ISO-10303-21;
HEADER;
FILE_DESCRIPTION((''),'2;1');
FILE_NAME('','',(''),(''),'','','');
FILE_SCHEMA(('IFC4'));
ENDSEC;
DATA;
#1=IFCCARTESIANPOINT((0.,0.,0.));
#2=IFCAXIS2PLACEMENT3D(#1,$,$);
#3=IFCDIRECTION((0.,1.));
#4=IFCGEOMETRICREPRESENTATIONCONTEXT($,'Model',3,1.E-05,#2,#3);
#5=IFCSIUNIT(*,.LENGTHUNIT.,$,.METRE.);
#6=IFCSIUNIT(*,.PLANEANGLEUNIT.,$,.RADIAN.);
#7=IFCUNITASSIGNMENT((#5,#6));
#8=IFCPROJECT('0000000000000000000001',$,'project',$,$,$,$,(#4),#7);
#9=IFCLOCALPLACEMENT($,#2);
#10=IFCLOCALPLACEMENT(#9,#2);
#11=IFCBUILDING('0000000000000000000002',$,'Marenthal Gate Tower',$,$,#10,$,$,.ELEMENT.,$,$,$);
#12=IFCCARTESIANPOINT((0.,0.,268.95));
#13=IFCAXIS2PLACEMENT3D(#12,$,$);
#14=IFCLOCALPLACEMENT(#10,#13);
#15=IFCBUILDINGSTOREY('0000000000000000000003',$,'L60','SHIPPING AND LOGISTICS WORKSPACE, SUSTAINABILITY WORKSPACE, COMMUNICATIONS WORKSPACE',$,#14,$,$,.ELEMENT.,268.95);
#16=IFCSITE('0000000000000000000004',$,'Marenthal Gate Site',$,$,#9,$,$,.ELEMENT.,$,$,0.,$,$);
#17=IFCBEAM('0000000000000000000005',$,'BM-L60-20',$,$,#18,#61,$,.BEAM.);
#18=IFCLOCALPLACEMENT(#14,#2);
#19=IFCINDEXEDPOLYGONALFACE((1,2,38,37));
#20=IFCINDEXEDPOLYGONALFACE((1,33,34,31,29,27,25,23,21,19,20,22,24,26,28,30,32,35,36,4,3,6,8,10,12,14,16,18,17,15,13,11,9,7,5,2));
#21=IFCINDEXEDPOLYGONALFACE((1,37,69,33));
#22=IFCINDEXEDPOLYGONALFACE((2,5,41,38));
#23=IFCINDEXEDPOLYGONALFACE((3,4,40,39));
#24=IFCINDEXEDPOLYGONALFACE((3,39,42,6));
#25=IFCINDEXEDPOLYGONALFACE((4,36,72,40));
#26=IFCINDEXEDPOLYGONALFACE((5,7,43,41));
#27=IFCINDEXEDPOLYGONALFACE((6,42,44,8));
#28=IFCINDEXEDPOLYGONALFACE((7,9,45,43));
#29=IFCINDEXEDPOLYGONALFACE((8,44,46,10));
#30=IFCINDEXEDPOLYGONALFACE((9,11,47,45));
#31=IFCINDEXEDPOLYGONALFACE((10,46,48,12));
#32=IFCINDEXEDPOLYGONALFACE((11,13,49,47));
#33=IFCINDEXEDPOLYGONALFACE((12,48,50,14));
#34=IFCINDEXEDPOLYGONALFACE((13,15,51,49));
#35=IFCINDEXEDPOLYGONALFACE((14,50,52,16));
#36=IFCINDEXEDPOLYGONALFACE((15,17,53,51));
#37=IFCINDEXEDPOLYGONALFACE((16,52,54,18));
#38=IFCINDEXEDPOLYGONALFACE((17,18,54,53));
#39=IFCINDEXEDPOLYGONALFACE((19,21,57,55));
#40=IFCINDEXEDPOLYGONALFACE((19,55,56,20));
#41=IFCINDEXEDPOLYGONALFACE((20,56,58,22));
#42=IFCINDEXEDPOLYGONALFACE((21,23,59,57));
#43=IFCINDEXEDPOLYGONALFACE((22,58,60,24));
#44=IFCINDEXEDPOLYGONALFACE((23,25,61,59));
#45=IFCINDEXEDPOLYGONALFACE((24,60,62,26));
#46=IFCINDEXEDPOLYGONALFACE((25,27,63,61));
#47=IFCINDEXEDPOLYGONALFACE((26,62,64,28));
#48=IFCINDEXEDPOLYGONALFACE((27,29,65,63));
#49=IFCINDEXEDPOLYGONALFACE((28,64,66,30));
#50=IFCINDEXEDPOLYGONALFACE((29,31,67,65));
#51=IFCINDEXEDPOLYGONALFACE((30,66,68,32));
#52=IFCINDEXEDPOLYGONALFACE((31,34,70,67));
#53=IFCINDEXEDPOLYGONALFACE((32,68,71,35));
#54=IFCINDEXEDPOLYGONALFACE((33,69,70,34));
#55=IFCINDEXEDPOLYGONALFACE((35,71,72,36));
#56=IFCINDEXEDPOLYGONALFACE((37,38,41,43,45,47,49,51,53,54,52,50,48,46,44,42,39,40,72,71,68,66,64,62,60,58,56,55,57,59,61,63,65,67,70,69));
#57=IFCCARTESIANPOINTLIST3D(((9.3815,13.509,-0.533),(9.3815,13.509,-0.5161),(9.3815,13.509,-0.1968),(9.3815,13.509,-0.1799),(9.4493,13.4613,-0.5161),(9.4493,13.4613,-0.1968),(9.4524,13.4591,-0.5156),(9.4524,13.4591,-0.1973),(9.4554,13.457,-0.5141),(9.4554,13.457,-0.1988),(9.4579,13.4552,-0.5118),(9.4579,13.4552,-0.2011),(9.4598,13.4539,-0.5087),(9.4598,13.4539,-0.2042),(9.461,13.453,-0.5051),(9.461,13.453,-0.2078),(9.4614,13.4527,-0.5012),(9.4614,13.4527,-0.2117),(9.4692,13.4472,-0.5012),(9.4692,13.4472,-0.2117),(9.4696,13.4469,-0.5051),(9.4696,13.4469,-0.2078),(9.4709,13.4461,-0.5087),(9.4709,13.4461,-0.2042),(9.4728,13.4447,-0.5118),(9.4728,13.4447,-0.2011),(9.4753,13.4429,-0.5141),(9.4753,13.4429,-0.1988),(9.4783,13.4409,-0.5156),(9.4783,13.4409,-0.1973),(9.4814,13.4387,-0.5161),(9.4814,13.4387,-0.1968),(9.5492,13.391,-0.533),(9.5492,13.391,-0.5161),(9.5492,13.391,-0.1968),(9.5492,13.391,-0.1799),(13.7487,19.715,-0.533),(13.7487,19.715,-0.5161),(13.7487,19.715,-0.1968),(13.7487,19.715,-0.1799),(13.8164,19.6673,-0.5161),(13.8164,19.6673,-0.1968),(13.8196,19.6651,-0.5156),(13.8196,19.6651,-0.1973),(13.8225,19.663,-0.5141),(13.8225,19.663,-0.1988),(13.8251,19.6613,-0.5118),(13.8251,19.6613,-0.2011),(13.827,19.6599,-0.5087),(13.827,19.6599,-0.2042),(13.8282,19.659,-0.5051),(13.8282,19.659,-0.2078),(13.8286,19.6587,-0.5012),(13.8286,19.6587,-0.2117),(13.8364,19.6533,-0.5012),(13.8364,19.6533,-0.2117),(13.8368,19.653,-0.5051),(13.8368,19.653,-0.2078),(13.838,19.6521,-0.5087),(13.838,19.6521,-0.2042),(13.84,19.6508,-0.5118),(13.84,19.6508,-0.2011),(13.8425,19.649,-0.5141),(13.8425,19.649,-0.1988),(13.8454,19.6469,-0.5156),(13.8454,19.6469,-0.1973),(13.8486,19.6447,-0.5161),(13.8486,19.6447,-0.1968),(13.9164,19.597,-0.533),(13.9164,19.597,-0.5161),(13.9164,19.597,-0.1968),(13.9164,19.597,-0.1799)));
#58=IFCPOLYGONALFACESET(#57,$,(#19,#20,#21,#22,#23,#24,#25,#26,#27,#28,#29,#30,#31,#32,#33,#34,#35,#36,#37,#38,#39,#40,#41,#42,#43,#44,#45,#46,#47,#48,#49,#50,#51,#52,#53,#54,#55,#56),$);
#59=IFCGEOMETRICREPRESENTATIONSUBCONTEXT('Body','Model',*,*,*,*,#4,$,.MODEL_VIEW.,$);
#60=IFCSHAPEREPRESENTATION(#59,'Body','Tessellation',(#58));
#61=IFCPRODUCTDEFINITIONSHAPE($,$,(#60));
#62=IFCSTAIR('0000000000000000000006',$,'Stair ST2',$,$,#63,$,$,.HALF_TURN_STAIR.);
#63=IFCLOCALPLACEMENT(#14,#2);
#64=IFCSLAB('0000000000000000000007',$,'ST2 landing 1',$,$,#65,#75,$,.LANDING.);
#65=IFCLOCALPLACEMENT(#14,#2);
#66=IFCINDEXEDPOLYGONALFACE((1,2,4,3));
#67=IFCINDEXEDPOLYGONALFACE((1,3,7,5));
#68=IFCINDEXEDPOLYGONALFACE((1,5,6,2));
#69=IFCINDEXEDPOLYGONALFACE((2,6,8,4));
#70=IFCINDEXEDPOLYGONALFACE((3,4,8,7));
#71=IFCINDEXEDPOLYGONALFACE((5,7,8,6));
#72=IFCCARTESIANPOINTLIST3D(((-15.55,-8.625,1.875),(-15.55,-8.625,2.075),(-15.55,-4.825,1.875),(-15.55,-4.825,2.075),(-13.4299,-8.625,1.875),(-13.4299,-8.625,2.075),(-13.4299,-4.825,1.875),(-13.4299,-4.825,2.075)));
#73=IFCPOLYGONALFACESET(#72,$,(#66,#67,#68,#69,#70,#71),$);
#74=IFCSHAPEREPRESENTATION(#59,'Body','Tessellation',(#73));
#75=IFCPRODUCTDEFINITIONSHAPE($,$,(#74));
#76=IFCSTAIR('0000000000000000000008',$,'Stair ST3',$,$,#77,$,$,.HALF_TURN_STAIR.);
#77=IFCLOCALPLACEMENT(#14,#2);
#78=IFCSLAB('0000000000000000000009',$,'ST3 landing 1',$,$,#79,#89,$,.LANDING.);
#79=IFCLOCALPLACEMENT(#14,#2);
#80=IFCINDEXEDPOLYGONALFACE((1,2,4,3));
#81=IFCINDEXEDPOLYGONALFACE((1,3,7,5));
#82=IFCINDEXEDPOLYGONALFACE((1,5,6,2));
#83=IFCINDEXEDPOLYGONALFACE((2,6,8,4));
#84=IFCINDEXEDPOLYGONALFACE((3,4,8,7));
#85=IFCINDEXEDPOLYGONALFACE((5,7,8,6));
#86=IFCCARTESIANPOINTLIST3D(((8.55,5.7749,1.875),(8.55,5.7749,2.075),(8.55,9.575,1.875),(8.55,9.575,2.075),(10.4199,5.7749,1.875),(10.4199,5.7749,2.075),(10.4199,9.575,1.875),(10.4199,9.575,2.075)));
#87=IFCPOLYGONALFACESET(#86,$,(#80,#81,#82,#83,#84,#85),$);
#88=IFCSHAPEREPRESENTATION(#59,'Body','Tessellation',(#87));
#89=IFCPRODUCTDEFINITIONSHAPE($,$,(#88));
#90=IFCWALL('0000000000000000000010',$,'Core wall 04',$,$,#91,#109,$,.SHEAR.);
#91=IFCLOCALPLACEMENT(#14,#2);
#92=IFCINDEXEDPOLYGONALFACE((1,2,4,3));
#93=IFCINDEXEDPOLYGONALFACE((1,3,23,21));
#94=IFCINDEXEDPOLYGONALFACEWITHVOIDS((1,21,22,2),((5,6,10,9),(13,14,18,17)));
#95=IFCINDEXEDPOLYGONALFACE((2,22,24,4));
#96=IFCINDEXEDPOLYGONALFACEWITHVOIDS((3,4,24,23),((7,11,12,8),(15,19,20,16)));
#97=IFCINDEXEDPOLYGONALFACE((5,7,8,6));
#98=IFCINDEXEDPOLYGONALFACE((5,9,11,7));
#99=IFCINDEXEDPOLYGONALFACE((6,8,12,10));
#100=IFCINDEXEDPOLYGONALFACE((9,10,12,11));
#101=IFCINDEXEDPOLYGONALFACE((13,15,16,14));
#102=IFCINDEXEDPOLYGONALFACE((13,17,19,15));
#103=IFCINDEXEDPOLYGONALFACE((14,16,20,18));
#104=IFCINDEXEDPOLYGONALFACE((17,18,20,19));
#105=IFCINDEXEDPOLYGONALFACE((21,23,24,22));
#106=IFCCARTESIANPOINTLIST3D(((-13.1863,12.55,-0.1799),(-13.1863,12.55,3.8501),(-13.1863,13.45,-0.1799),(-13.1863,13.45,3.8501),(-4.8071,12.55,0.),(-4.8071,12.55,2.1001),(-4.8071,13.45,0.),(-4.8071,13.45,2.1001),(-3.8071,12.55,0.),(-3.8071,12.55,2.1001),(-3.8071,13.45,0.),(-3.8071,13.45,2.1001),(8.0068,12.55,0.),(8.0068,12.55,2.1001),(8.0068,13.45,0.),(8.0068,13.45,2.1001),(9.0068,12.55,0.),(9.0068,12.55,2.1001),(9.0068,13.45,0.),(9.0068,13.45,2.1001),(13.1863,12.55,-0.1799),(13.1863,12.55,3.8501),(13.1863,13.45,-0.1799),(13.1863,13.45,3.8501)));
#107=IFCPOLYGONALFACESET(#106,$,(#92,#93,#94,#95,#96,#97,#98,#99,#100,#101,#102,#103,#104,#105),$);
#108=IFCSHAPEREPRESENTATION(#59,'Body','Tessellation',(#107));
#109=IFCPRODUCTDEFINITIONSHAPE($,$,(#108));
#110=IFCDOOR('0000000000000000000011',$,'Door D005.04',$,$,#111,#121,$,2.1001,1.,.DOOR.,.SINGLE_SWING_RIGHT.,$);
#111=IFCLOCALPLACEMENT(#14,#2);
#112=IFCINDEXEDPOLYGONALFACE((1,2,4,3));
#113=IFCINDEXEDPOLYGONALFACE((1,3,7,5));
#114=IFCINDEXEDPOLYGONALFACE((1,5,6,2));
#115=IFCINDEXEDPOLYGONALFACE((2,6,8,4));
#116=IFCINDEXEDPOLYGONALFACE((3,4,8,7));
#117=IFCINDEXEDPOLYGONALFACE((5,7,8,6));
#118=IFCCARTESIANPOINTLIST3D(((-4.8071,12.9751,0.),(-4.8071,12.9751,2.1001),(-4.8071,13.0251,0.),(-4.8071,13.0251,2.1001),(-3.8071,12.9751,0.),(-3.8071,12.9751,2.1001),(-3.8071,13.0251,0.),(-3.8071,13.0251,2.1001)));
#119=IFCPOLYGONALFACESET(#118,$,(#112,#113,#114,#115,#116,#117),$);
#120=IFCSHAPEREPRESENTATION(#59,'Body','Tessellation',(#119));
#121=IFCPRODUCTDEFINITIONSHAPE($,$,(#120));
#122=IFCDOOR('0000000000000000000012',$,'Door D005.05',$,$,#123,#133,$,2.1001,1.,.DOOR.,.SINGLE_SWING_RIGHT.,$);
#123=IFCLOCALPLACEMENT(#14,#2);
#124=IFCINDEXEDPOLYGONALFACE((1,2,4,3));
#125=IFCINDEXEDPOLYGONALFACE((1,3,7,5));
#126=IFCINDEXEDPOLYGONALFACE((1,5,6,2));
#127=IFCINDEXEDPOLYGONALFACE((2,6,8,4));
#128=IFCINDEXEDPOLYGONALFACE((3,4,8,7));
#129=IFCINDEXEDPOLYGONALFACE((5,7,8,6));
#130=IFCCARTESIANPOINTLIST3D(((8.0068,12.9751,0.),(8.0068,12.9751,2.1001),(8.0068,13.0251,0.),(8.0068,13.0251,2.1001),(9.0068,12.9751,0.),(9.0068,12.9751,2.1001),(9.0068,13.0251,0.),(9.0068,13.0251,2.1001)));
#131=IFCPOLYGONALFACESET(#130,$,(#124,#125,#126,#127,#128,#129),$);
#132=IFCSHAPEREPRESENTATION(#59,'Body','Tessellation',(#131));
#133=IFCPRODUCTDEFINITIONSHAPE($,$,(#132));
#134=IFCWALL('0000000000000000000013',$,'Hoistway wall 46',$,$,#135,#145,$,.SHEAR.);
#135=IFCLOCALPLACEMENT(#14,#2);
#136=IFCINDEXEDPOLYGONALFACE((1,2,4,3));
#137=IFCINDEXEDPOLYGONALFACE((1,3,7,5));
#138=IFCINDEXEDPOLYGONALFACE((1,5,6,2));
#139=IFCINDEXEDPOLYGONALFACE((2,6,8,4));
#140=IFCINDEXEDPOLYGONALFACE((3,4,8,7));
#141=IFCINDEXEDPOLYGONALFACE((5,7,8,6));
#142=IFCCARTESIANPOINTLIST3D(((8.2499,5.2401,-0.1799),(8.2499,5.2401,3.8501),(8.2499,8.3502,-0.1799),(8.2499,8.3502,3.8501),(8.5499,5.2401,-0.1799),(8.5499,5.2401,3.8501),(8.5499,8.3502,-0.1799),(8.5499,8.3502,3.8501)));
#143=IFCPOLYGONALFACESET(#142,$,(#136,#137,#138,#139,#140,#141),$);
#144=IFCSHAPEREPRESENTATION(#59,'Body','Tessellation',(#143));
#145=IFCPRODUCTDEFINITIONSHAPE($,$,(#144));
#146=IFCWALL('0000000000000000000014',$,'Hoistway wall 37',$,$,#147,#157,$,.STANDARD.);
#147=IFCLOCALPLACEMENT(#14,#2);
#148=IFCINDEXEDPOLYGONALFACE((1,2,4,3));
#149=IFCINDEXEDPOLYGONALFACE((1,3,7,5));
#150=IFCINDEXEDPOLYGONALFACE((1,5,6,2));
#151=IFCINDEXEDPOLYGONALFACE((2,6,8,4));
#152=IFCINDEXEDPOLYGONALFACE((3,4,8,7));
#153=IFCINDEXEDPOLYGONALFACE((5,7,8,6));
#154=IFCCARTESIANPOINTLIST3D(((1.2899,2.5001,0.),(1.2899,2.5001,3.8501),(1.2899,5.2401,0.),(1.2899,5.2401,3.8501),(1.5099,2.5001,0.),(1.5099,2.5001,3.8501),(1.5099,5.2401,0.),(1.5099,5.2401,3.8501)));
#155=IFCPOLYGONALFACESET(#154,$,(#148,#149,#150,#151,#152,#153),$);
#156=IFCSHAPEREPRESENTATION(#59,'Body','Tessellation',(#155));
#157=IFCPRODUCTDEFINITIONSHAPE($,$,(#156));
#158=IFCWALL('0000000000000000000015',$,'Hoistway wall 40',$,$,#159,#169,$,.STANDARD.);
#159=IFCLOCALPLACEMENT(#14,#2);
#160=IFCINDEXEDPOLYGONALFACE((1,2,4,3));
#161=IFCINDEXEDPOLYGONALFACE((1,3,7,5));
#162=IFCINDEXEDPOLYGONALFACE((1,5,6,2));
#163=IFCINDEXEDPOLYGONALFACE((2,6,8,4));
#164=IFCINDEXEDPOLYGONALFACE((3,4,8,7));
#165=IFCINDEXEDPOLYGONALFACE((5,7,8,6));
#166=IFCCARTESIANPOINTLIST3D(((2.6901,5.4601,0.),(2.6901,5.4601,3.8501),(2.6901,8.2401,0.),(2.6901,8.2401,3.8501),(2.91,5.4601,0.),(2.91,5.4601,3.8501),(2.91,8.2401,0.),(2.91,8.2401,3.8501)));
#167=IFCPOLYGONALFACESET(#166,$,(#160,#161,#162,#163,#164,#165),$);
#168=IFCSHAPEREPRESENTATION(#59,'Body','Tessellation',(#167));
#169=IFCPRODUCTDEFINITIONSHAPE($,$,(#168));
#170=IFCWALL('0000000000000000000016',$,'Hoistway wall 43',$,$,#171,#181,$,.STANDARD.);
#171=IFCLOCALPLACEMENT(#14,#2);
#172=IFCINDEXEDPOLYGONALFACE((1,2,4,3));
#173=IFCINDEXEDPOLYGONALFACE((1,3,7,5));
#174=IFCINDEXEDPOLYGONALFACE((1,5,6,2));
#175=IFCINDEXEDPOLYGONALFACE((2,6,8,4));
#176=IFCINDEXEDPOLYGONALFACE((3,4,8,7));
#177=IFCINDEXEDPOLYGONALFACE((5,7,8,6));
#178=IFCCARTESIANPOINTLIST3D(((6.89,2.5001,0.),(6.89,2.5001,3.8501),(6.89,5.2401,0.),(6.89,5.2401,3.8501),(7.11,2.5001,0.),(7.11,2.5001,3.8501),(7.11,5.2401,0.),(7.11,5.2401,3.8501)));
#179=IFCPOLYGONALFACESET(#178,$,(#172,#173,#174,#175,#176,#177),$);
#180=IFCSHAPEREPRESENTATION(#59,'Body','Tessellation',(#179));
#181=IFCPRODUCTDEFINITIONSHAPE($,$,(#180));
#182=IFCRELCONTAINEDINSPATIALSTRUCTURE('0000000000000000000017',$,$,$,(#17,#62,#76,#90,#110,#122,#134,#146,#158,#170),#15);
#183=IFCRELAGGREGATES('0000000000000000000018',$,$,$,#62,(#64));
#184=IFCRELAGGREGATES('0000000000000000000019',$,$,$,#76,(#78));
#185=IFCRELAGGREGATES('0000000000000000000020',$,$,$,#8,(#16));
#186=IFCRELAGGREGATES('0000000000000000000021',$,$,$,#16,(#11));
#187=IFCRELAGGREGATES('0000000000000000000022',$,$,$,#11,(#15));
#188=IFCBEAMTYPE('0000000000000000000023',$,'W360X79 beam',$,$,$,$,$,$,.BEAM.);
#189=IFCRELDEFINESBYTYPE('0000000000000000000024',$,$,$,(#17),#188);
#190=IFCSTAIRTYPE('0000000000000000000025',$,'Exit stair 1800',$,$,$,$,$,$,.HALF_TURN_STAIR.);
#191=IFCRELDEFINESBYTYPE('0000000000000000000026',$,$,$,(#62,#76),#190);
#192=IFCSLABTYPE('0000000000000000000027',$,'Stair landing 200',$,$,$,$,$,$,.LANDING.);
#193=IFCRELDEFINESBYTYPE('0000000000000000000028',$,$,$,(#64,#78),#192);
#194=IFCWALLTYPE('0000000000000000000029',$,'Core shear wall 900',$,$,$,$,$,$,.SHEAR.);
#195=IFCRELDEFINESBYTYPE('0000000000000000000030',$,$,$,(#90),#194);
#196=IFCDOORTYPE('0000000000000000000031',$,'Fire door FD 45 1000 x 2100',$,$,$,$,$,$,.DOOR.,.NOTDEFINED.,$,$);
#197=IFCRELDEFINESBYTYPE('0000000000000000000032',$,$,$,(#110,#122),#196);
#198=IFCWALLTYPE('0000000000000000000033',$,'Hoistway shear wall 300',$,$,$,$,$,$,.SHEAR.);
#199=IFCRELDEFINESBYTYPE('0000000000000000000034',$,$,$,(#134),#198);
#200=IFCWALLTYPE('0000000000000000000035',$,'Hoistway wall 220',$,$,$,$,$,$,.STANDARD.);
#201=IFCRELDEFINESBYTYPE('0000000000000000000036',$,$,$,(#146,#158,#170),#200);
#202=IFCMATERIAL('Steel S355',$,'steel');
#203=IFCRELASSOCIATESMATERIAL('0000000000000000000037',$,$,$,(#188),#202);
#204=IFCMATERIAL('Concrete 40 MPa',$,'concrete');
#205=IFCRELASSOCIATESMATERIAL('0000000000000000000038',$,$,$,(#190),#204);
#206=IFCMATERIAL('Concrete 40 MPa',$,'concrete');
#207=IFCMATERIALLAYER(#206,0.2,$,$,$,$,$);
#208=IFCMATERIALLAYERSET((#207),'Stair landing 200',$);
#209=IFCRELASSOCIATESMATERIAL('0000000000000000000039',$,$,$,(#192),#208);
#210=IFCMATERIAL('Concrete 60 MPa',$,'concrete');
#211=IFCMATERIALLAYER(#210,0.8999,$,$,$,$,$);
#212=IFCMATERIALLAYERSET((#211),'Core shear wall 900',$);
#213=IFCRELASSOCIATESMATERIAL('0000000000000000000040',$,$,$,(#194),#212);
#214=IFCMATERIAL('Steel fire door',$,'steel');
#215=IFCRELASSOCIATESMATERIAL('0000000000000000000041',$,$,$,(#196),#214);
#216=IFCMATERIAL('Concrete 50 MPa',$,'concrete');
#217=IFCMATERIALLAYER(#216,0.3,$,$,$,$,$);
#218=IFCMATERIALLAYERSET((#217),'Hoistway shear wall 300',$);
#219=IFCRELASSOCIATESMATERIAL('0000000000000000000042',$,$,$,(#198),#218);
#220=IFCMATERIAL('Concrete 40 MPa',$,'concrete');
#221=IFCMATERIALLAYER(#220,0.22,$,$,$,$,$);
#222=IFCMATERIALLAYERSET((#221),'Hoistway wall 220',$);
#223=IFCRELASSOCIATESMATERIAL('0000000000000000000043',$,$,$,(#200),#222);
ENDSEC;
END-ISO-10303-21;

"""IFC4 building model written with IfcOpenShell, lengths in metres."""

from ifc_helpers import new_model, si_unit, direction, frame, frame_2d, origin, origin_2d, place, context, subcontext, project, spatial, polyline, rectangle, i_section, outline, extrude, material, layer, layer_set, material_profile, profile_set, type_object, element, fill, aggregate, save


model = new_model("IFC4")

# Units and contexts
model_context = context("Model", 3, precision=1e-05, world=origin(), true_north=direction((0.0, 1.0)))
body_context = subcontext(model_context, "Body", "Model", "MODEL_VIEW")
ifc_project = project(units=[si_unit("LENGTHUNIT", "METRE"), si_unit("PLANEANGLEUNIT", "RADIAN")], contexts=[model_context])

# Site, building, storey
site_placement = place(None, origin())
site = spatial("IfcSite", under=ifc_project, at=site_placement, Name="Marenthal Gate Site", CompositionType="ELEMENT", RefElevation=0.0)
building_placement = place(site_placement, origin())
building = spatial("IfcBuilding", under=site, at=building_placement, Name="Marenthal Gate Tower", CompositionType="ELEMENT")
storey_placement = place(building_placement, frame((0.0, 0.0, 268.95)))
storey = spatial("IfcBuildingStorey", under=building, at=storey_placement, Name="L60", Description="SHIPPING AND LOGISTICS WORKSPACE, SUSTAINABILITY WORKSPACE, COMMUNICATIONS WORKSPACE", CompositionType="ELEMENT", Elevation=268.95)

# Beam
ifc_material_1 = material(Name="Steel S355", Category="steel")
ifc_material_profile = material_profile(ifc_material_1, i_section(OverallWidth=0.2051, OverallDepth=0.353, WebThickness=0.0095, FlangeThickness=0.0168, FilletRadius=0.0149, at=origin_2d()), Name="W360X79")
ifc_profile_set = profile_set([ifc_material_profile], Name="Steel S355")
beam_type = type_object("IfcBeamType", Name="W360X79 beam", PredefinedType="BEAM", material=ifc_profile_set)
beam_placement = place(storey_placement, frame((13.8325, 19.656, -0.3564), z_axis=(-0.57549, -0.817809, 0.0), x_axis=(0.817809, -0.57549, 0.0)))
element("IfcBeam", 1, at=beam_placement, inside=storey, type_object=beam_type, Name="BM-L60-20", PredefinedType="BEAM", context=body_context, shape_type="SweptSolid", body=[
    extrude(i_section(OverallWidth=0.2051, OverallDepth=0.353, WebThickness=0.0095, FlangeThickness=0.0168, FilletRadius=0.0149, at=origin_2d()), origin(), (0.0, 0.0, 1.0), 7.5886),
])

# Stairs, slabs
ifc_material_2 = material(Name="Concrete 40 MPa", Category="concrete")
stair_type = type_object("IfcStairType", Name="Exit stair 1800", PredefinedType="HALF_TURN_STAIR", material=ifc_material_2)
stair_1_placement = place(storey_placement, origin())
stair_1 = element("IfcStair", 2, at=stair_1_placement, inside=storey, type_object=stair_type, Name="Stair ST2", PredefinedType="HALF_TURN_STAIR")
ifc_material_3 = material(Name="Concrete 40 MPa", Category="concrete")
ifc_layer_1 = layer(ifc_material_3, 0.2)
ifc_layer_set_1 = layer_set([ifc_layer_1], Name="Stair landing 200")
slab_type = type_object("IfcSlabType", Name="Stair landing 200", PredefinedType="LANDING", material=ifc_layer_set_1)
slab_1_placement = place(storey_placement, frame((0.0, 0.0, 1.875)))
slab_1 = element("IfcSlab", 3, at=slab_1_placement, type_object=slab_type, Name="ST2 landing 1", PredefinedType="LANDING", context=body_context, shape_type="SweptSolid", body=[
    extrude(outline(polyline([(-15.55, -8.625), (-13.4299, -8.625), (-13.4299, -4.825), (-15.55, -4.825), (-15.55, -8.625)])), origin(), (0.0, 0.0, 1.0), 0.2),
])
aggregate(stair_1, [slab_1])
stair_2_placement = place(storey_placement, origin())
stair_2 = element("IfcStair", 4, at=stair_2_placement, inside=storey, type_object=stair_type, Name="Stair ST3", PredefinedType="HALF_TURN_STAIR")
slab_2_placement = place(storey_placement, frame((0.0, 0.0, 1.875)))
slab_2 = element("IfcSlab", 5, at=slab_2_placement, type_object=slab_type, Name="ST3 landing 1", PredefinedType="LANDING", context=body_context, shape_type="SweptSolid", body=[
    extrude(outline(polyline([(8.55, 5.7749), (10.4199, 5.7749), (10.4199, 9.575), (8.55, 9.575), (8.55, 5.7749)])), origin(), (0.0, 0.0, 1.0), 0.2),
])

# Wall, openings, doors
ifc_material_4 = material(Name="Concrete 60 MPa", Category="concrete")
ifc_layer_2 = layer(ifc_material_4, 0.8999)
ifc_layer_set_2 = layer_set([ifc_layer_2], Name="Core shear wall 900")
wall_type_1 = type_object("IfcWallType", Name="Core shear wall 900", PredefinedType="SHEAR", material=ifc_layer_set_2)
wall_1_placement = place(storey_placement, frame((13.1863, 13.0, -0.1799), z_axis=(0.0, 0.0, 1.0), x_axis=(-1.0, 0.0, 0.0)))
wall_1 = element("IfcWall", 6, at=wall_1_placement, inside=storey, type_object=wall_type_1, Name="Core wall 04", PredefinedType="SHEAR", context=body_context, shape_type="SweptSolid", body=[
    extrude(rectangle(XDim=26.3726, YDim=0.8999, at=frame_2d((13.1863, 0.0))), origin(), (0.0, 0.0, 1.0), 4.03),
])
opening_1_placement = place(wall_1_placement, frame((16.9934, 0.0, 0.1799)))
opening_1 = element("IfcOpeningElement", 7, at=opening_1_placement, cuts=wall_1, PredefinedType="OPENING", context=body_context, shape_type="SweptSolid", body=[
    extrude(rectangle(XDim=1.0, YDim=2.1001, at=frame_2d((0.5, 1.05))), frame((0.0, 0.46, 0.0), z_axis=(0.0, -1.0, 0.0), x_axis=(1.0, 0.0, 0.0)), (0.0, 0.0, 1.0), 0.9199),
])
opening_2_placement = place(wall_1_placement, frame((4.1794, 0.0, 0.1799)))
opening_2 = element("IfcOpeningElement", 8, at=opening_2_placement, cuts=wall_1, PredefinedType="OPENING", context=body_context, shape_type="SweptSolid", body=[
    extrude(rectangle(XDim=1.0, YDim=2.1001, at=frame_2d((0.5, 1.05))), frame((0.0, 0.46, 0.0), z_axis=(0.0, -1.0, 0.0), x_axis=(1.0, 0.0, 0.0)), (0.0, 0.0, 1.0), 0.9199),
])
ifc_material_5 = material(Name="Steel fire door", Category="steel")
door_type_1 = type_object("IfcDoorType", Name="Fire door FD 45 1000 x 2100", OperationType="NOTDEFINED", PredefinedType="DOOR", material=ifc_material_5)
door_1_placement = place(opening_1_placement, origin())
door_1 = element("IfcDoor", 9, at=door_1_placement, inside=storey, type_object=door_type_1, Name="Door D005.04", OperationType="SINGLE_SWING_RIGHT", OverallHeight=2.1001, OverallWidth=1.0, PredefinedType="DOOR", context=body_context, shape_type="SweptSolid", body=[
    extrude(rectangle(XDim=1.0, YDim=2.1001, at=frame_2d((0.5, 1.05))), frame((0.0, 0.0249, 0.0), z_axis=(0.0, -1.0, 0.0), x_axis=(1.0, 0.0, 0.0)), (0.0, 0.0, 1.0), 0.05),
])
fill(opening_1, door_1)
door_2_placement = place(opening_2_placement, origin())
door_2 = element("IfcDoor", 10, at=door_2_placement, inside=storey, type_object=door_type_1, Name="Door D005.05", OperationType="SINGLE_SWING_RIGHT", OverallHeight=2.1001, OverallWidth=1.0, PredefinedType="DOOR", context=body_context, shape_type="SweptSolid", body=[
    extrude(rectangle(XDim=1.0, YDim=2.1001, at=frame_2d((0.5, 1.05))), frame((0.0, 0.0249, 0.0), z_axis=(0.0, -1.0, 0.0), x_axis=(1.0, 0.0, 0.0)), (0.0, 0.0, 1.0), 0.05),
])
fill(opening_2, door_2)

# Walls
ifc_material_6 = material(Name="Concrete 50 MPa", Category="concrete")
ifc_layer_3 = layer(ifc_material_6, 0.3)
ifc_layer_set_3 = layer_set([ifc_layer_3], Name="Hoistway shear wall 300")
wall_type_2 = type_object("IfcWallType", Name="Hoistway shear wall 300", PredefinedType="SHEAR", material=ifc_layer_set_3)
wall_2_placement = place(storey_placement, frame((8.3999, 5.24, -0.1799), z_axis=(0.0, 0.0, 1.0), x_axis=(0.0, 1.0, 0.0)))
element("IfcWall", 11, at=wall_2_placement, inside=storey, type_object=wall_type_2, Name="Hoistway wall 46", PredefinedType="SHEAR", context=body_context, shape_type="SweptSolid", body=[
    extrude(rectangle(XDim=3.1101, YDim=0.3, at=frame_2d((1.5552, 0.0))), origin(), (0.0, 0.0, 1.0), 4.03),
])
ifc_material_7 = material(Name="Concrete 40 MPa", Category="concrete")
ifc_layer_4 = layer(ifc_material_7, 0.22)
ifc_layer_set_4 = layer_set([ifc_layer_4], Name="Hoistway wall 220")
wall_type_3 = type_object("IfcWallType", Name="Hoistway wall 220", PredefinedType="STANDARD", material=ifc_layer_set_4)
wall_3_placement = place(storey_placement, frame((1.3999, 2.5, 0.0), z_axis=(0.0, 0.0, 1.0), x_axis=(0.0, 1.0, 0.0)))
element("IfcWall", 12, at=wall_3_placement, inside=storey, type_object=wall_type_3, Name="Hoistway wall 37", PredefinedType="STANDARD", context=body_context, shape_type="SweptSolid", body=[
    extrude(rectangle(XDim=2.74, YDim=0.22, at=frame_2d((1.3701, 0.0))), origin(), (0.0, 0.0, 1.0), 3.8501),
])
wall_4_placement = place(storey_placement, frame((2.8, 5.46, 0.0), z_axis=(0.0, 0.0, 1.0), x_axis=(0.0, 1.0, 0.0)))
element("IfcWall", 13, at=wall_4_placement, inside=storey, type_object=wall_type_3, Name="Hoistway wall 40", PredefinedType="STANDARD", context=body_context, shape_type="SweptSolid", body=[
    extrude(rectangle(XDim=2.78, YDim=0.22, at=frame_2d((1.3901, 0.0))), origin(), (0.0, 0.0, 1.0), 3.8501),
])
wall_5_placement = place(storey_placement, frame((7.0, 2.5, 0.0), z_axis=(0.0, 0.0, 1.0), x_axis=(0.0, 1.0, 0.0)))
element("IfcWall", 14, at=wall_5_placement, inside=storey, type_object=wall_type_3, Name="Hoistway wall 43", PredefinedType="STANDARD", context=body_context, shape_type="SweptSolid", body=[
    extrude(rectangle(XDim=2.74, YDim=0.22, at=frame_2d((1.3701, 0.0))), origin(), (0.0, 0.0, 1.0), 3.8501),
])

aggregate(stair_2, [slab_2])

save(model, "model.ifc")
